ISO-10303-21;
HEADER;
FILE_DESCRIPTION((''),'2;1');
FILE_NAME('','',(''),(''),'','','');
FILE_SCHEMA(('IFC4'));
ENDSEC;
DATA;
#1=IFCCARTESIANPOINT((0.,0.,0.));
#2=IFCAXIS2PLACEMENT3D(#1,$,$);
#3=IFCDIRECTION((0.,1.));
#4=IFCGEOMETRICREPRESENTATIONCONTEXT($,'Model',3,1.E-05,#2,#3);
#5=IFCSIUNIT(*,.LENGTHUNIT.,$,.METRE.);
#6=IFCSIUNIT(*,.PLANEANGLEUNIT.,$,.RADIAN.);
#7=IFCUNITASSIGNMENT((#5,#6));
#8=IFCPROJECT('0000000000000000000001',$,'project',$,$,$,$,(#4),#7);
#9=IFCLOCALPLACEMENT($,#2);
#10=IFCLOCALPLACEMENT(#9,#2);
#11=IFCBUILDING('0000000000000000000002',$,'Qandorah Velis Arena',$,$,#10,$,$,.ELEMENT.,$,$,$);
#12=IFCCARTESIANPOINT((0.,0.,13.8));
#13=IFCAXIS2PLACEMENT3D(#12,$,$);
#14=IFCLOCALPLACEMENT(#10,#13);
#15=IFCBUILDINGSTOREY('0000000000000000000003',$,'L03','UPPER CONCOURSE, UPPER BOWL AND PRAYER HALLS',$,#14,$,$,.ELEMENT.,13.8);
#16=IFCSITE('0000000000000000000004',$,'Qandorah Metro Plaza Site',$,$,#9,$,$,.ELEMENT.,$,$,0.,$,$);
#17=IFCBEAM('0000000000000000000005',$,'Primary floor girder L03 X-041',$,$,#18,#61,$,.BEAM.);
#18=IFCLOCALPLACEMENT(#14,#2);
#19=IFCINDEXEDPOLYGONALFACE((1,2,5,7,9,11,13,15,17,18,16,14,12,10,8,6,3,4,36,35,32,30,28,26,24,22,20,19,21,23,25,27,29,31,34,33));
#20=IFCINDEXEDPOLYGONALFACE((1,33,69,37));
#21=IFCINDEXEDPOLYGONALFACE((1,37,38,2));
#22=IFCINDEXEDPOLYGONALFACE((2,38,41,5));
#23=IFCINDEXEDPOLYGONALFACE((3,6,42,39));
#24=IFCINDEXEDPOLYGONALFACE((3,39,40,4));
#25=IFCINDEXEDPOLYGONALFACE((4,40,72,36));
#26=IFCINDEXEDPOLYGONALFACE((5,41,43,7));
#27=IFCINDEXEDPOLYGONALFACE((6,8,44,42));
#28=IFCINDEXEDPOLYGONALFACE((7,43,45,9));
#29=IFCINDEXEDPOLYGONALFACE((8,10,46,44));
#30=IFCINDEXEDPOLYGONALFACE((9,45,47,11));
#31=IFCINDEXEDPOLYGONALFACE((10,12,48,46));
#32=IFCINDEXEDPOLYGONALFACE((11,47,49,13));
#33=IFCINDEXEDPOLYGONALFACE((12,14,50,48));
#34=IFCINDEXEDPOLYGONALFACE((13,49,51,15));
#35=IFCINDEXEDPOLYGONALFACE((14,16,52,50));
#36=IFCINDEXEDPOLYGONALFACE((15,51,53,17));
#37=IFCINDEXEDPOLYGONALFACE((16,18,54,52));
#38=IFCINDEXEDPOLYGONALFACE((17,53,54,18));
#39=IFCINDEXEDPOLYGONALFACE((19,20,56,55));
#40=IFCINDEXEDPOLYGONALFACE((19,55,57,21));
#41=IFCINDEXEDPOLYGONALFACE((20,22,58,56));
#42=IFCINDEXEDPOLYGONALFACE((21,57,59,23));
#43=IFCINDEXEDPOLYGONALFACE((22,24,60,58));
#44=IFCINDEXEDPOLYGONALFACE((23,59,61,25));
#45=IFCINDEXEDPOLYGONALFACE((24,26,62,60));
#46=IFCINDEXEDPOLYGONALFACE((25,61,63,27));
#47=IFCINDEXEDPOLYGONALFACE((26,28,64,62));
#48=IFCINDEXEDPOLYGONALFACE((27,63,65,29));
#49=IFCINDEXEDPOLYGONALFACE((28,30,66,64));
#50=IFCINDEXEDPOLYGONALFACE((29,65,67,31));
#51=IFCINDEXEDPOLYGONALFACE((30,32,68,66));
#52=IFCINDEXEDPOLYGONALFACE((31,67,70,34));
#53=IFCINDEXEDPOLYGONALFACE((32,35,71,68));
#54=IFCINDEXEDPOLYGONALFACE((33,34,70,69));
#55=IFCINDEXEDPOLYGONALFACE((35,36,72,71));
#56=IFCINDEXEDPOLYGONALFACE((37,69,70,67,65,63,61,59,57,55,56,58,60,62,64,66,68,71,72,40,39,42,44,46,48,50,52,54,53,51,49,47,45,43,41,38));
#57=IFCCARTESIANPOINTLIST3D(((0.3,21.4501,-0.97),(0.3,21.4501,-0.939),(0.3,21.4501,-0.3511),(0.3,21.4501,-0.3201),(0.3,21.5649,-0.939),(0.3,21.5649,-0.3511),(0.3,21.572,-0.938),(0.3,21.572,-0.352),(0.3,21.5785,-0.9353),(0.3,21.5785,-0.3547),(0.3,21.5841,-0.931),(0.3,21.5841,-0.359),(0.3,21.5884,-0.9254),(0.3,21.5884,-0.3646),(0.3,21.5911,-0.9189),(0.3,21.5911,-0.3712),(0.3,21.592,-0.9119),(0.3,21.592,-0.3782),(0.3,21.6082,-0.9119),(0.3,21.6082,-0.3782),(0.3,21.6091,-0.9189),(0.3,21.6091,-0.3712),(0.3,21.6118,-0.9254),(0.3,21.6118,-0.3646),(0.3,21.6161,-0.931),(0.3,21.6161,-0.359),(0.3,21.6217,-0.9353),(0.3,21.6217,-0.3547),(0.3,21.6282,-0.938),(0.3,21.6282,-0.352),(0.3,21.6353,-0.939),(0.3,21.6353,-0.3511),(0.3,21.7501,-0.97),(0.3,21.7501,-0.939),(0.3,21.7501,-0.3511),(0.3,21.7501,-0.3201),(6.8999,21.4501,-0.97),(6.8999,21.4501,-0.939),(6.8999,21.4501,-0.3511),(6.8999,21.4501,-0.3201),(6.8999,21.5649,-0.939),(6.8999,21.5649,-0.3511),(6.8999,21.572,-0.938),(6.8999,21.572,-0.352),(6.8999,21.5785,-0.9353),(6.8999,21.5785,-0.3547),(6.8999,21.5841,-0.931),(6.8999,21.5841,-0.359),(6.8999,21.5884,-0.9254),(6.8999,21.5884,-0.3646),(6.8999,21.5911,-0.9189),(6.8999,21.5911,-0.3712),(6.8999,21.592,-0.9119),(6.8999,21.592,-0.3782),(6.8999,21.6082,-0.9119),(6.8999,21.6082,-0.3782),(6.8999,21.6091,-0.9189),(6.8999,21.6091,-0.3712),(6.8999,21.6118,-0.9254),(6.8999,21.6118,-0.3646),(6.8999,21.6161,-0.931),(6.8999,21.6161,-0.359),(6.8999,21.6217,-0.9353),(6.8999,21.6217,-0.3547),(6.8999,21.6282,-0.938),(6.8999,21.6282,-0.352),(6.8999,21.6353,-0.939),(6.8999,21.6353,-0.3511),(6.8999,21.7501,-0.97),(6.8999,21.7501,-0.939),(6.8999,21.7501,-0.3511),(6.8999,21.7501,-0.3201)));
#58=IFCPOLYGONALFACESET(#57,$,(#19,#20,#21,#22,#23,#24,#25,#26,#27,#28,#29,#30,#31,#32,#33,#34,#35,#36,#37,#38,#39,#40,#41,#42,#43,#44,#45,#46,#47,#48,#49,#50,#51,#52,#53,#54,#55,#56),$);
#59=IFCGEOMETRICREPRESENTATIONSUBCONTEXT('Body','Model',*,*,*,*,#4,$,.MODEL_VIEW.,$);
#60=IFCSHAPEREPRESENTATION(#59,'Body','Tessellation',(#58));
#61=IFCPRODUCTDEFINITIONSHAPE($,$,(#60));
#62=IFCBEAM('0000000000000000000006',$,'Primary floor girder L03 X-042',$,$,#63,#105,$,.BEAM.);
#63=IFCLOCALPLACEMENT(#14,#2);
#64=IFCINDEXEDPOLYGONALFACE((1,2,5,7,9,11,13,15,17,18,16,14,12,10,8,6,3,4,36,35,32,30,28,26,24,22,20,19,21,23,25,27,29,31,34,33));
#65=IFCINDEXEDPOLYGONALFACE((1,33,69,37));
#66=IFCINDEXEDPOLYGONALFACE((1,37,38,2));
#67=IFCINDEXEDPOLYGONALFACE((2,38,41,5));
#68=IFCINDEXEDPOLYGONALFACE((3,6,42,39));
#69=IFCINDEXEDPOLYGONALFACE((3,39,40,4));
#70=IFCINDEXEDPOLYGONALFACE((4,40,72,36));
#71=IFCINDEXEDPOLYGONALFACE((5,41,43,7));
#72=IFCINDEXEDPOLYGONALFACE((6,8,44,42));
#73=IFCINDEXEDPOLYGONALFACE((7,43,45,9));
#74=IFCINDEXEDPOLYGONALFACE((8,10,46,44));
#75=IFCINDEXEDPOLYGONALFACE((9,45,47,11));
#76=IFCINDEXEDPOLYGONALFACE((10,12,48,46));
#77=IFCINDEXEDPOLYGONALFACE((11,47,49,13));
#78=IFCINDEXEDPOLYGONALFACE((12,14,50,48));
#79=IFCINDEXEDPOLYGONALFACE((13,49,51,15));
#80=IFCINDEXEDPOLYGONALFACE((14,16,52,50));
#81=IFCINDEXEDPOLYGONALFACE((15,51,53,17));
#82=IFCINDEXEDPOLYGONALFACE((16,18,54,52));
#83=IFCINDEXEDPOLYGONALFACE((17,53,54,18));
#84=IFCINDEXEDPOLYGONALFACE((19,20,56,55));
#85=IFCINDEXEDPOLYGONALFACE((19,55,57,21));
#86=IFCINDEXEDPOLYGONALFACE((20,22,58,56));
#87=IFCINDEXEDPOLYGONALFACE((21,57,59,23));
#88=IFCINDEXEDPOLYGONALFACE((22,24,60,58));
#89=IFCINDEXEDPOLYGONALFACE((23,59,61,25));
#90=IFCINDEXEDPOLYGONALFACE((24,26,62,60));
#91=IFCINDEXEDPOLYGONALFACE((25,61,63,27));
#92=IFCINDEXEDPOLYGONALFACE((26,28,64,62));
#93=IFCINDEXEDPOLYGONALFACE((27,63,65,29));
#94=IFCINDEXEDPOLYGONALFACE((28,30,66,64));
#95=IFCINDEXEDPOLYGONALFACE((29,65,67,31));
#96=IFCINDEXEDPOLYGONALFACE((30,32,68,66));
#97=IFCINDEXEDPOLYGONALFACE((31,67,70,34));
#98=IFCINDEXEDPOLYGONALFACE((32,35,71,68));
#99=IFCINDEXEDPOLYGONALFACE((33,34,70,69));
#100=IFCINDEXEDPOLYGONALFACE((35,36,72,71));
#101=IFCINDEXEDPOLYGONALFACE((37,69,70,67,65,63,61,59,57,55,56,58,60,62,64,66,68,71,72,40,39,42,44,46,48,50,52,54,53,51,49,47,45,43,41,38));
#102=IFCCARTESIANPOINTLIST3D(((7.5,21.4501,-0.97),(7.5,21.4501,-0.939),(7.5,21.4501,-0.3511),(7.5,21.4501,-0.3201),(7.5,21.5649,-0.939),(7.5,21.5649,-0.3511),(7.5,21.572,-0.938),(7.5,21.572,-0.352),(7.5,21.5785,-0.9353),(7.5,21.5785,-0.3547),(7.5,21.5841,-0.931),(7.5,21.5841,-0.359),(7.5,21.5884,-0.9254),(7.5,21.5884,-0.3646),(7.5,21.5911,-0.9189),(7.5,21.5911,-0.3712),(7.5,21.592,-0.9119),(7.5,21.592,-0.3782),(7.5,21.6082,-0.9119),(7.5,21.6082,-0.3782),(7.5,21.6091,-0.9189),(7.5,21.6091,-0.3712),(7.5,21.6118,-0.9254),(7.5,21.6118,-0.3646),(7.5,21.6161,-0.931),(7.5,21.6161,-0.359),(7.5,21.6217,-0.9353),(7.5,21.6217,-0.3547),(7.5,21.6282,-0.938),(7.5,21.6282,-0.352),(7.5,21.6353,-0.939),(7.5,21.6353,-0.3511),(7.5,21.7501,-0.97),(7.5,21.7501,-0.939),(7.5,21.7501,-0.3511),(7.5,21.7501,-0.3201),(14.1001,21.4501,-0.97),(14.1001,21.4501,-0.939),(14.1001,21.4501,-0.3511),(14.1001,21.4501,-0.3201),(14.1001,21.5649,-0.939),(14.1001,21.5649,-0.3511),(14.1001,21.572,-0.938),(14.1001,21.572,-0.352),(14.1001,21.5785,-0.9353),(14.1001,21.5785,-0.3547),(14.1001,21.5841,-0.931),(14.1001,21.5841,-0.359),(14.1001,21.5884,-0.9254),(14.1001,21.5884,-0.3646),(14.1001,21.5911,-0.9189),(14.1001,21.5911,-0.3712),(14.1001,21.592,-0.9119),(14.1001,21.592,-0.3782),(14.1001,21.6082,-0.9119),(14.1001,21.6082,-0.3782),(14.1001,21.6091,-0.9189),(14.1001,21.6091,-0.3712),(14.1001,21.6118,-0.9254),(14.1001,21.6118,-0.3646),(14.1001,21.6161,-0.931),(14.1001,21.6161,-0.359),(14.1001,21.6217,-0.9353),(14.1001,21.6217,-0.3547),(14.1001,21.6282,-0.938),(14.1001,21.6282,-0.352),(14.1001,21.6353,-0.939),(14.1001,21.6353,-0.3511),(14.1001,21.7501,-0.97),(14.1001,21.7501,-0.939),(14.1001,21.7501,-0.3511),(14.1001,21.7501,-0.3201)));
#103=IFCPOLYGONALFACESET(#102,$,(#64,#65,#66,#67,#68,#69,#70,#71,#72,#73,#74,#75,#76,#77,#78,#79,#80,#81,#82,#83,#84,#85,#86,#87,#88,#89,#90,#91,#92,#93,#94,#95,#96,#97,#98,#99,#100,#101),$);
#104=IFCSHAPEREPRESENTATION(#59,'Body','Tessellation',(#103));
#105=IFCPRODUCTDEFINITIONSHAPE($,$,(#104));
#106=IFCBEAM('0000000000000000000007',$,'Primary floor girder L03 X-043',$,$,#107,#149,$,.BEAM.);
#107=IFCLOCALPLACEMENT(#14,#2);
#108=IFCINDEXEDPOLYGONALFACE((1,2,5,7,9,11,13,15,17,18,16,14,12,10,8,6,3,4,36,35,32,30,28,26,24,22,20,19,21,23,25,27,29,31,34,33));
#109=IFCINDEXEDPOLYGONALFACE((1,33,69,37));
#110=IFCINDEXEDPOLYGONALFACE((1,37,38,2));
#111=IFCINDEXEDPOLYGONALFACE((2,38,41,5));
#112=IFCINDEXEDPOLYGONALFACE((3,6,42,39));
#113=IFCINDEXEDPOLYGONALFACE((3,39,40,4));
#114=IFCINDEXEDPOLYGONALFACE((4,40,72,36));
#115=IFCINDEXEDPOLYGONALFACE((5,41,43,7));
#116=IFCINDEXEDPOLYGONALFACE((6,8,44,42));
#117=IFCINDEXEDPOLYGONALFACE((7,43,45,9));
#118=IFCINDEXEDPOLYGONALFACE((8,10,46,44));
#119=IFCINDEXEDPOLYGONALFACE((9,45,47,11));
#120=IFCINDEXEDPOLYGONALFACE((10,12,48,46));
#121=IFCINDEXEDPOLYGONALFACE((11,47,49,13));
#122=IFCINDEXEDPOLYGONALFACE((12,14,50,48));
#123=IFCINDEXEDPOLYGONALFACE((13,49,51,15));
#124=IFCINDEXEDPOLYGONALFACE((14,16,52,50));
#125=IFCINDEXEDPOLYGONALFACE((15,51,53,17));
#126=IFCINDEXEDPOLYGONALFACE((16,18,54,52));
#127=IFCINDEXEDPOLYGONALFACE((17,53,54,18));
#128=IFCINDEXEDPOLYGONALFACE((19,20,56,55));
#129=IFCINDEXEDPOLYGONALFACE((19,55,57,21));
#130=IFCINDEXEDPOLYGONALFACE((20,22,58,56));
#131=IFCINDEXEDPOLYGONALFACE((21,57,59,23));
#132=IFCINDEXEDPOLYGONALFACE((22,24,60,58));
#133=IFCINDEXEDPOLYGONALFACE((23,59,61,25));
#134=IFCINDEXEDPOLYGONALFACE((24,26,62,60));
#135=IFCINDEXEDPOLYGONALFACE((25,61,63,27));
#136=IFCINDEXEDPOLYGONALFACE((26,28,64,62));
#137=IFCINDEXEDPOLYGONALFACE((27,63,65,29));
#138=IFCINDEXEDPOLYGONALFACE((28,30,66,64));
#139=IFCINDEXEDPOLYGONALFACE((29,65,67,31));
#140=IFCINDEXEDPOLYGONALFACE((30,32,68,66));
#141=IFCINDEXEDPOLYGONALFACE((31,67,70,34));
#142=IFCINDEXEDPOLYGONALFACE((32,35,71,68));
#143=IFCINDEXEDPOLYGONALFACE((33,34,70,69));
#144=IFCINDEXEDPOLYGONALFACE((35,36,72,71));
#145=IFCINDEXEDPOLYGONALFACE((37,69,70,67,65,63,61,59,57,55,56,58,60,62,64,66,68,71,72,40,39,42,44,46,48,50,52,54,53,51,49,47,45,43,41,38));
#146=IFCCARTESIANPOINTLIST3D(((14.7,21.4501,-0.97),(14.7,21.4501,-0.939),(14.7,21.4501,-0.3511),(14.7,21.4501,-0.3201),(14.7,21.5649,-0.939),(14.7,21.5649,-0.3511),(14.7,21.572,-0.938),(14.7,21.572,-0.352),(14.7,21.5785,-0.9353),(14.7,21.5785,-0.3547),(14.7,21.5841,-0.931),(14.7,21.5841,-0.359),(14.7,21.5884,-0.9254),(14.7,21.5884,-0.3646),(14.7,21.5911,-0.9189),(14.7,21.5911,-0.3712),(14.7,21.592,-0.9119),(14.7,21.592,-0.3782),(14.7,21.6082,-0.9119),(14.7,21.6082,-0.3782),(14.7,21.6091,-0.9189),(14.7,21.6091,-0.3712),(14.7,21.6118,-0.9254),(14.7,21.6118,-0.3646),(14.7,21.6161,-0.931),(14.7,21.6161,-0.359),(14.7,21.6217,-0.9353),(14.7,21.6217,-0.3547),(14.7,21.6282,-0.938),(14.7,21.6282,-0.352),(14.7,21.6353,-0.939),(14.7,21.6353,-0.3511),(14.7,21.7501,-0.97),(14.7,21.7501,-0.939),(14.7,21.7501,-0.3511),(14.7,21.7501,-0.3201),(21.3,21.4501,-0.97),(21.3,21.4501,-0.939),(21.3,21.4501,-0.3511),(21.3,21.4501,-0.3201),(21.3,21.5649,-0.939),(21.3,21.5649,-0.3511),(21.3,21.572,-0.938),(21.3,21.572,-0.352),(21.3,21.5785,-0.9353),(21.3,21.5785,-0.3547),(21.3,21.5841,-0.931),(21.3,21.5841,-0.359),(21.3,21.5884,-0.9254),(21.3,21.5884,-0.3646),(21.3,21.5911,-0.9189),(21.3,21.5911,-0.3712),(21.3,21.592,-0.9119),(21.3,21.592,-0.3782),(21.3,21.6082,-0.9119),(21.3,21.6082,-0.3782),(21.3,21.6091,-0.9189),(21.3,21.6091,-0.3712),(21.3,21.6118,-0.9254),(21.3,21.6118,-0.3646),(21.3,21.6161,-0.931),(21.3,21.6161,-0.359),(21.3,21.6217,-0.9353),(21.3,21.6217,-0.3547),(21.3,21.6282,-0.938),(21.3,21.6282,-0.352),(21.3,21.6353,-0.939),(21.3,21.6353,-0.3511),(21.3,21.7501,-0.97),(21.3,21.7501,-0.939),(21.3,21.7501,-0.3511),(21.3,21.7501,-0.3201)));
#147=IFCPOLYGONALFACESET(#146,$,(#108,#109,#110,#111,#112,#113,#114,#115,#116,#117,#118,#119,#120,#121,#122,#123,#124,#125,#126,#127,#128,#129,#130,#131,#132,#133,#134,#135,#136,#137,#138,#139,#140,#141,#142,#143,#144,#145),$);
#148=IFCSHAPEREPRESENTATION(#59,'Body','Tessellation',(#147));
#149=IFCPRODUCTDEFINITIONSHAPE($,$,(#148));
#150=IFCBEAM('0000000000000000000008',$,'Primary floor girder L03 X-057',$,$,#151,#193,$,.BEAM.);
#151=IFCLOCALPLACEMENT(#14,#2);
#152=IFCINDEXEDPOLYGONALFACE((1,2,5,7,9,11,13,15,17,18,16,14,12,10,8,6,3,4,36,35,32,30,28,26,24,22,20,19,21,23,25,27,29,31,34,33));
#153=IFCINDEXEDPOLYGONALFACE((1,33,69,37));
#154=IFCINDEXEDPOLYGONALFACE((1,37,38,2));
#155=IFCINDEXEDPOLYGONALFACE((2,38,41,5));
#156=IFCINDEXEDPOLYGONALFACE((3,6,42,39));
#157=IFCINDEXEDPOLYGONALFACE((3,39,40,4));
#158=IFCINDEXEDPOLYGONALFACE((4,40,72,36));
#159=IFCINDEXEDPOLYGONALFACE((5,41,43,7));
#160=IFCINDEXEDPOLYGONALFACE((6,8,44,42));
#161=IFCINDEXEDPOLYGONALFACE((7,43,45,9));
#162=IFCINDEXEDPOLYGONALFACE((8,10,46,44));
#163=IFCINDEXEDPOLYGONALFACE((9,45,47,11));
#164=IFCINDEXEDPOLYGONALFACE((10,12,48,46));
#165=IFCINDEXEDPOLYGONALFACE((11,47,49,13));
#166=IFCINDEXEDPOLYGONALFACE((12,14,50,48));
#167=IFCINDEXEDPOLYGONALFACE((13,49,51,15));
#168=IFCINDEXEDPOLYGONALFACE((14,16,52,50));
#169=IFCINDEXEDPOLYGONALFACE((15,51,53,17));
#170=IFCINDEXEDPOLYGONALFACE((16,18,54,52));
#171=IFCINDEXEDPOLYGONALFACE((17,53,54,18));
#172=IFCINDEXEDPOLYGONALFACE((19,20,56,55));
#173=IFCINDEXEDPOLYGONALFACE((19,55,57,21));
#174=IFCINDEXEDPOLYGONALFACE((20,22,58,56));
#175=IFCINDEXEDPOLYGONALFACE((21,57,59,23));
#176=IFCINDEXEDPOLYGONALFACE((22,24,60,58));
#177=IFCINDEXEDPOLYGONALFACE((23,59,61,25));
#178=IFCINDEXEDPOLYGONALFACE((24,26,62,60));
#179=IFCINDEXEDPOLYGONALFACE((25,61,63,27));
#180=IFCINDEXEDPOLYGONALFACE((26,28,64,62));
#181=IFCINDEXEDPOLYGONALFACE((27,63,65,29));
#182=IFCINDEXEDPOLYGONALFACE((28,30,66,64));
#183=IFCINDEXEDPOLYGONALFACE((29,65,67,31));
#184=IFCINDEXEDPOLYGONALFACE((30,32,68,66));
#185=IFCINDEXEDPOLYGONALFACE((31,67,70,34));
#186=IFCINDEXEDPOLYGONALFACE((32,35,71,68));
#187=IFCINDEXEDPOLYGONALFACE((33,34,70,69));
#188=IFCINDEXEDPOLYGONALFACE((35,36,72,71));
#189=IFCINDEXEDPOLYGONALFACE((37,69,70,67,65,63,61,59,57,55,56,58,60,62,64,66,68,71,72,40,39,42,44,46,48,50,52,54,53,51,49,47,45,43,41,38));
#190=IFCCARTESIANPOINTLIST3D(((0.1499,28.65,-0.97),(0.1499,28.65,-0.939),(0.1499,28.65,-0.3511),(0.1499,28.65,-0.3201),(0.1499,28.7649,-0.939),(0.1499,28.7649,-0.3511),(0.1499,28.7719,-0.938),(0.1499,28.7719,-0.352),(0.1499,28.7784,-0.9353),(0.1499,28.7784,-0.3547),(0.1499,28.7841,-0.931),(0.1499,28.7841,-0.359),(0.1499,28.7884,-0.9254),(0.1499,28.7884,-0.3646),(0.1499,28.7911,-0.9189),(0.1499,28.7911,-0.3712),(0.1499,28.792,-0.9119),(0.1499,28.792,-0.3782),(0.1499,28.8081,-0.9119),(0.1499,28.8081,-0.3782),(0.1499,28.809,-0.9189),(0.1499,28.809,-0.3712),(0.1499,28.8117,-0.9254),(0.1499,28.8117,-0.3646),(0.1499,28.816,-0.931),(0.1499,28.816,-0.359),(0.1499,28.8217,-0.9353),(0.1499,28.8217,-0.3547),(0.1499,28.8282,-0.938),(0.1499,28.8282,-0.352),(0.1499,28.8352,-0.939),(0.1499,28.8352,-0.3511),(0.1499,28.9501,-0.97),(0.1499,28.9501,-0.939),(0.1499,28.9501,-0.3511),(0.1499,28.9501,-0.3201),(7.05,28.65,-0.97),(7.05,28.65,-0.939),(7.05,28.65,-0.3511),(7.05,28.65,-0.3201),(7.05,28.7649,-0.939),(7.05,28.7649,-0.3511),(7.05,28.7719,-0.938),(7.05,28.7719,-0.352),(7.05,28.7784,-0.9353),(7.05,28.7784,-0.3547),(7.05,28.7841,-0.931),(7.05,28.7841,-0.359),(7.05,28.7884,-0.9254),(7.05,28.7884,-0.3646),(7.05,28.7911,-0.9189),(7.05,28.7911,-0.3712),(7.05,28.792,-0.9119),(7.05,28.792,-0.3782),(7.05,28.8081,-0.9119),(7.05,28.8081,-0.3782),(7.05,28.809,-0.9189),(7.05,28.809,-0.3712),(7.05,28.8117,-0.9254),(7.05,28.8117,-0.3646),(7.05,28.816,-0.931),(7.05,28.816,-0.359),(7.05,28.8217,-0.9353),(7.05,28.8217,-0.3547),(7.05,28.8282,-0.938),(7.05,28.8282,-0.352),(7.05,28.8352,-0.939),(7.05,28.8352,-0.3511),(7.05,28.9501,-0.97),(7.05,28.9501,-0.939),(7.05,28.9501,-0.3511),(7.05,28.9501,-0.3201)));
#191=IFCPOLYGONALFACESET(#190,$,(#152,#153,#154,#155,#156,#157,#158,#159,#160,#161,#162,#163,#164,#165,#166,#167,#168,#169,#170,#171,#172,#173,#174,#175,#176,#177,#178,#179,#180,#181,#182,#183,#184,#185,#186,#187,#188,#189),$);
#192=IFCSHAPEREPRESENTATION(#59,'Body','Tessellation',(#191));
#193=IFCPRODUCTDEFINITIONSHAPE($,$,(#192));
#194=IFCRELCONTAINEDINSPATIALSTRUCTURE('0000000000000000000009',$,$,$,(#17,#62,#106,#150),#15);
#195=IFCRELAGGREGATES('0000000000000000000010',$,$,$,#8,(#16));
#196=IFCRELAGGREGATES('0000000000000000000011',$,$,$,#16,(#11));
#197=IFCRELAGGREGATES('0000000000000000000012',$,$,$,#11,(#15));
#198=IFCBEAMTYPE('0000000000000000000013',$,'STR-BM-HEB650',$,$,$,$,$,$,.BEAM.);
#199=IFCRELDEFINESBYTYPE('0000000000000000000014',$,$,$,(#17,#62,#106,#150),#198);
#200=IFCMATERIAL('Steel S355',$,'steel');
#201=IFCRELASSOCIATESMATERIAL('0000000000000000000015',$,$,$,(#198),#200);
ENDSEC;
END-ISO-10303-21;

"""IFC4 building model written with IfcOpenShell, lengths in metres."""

from ifc_helpers import new_model, si_unit, direction, frame, origin, origin_2d, place, context, subcontext, project, spatial, i_section, extrude, material, material_profile, profile_set, type_object, element, save


model = new_model("IFC4")

# Units and contexts
model_context = context("Model", 3, precision=1e-05, world=origin(), true_north=direction((0.0, 1.0)))
body_context = subcontext(model_context, "Body", "Model", "MODEL_VIEW")
ifc_project = project(units=[si_unit("LENGTHUNIT", "METRE"), si_unit("PLANEANGLEUNIT", "RADIAN")], contexts=[model_context])

# Site, building, storey
site_placement = place(None, origin())
site = spatial("IfcSite", under=ifc_project, at=site_placement, Name="Qandorah Metro Plaza Site", CompositionType="ELEMENT", RefElevation=0.0)
building_placement = place(site_placement, origin())
building = spatial("IfcBuilding", under=site, at=building_placement, Name="Qandorah Velis Arena", CompositionType="ELEMENT")
storey_placement = place(building_placement, frame((0.0, 0.0, 13.8)))
storey = spatial("IfcBuildingStorey", under=building, at=storey_placement, Name="L03", Description="UPPER CONCOURSE, UPPER BOWL AND PRAYER HALLS", CompositionType="ELEMENT", Elevation=13.8)

# Beams
ifc_material_1 = material(Name="Steel S355", Category="steel")
ifc_material_profile_1 = material_profile(ifc_material_1, i_section(OverallWidth=0.3, OverallDepth=0.6499, WebThickness=0.0161, FlangeThickness=0.031, FilletRadius=0.0271, at=origin_2d()), Name="HEB 650")
ifc_profile_set_1 = profile_set([ifc_material_profile_1], Name="Steel S355")
beam_type_1 = type_object("IfcBeamType", Name="STR-BM-HEB650", PredefinedType="BEAM", material=ifc_profile_set_1)
beam_1_placement = place(storey_placement, frame((0.3, 21.6001, -0.645), z_axis=(1.0, 0.0, 0.0), x_axis=(0.0, 1.0, 0.0)))
element("IfcBeam", 1, at=beam_1_placement, inside=storey, type_object=beam_type_1, Name="Primary floor girder L03 X-041", PredefinedType="BEAM", context=body_context, shape_type="SweptSolid", body=[
    extrude(i_section(OverallWidth=0.3, OverallDepth=0.6499, WebThickness=0.0161, FlangeThickness=0.031, FilletRadius=0.0271, at=origin_2d()), origin(), (0.0, 0.0, 1.0), 6.5999),
])
for number, where, z_axis, x_axis, name in (
    (2, (7.5, 21.6001, -0.645), (1.0, 0.0, 0.0), (0.0, 1.0, 0.0), "Primary floor girder L03 X-042"),
    (3, (14.7, 21.6001, -0.645), (1.0, 0.0, 0.0), (0.0, 1.0, 0.0), "Primary floor girder L03 X-043"),
):
    element("IfcBeam", number, at=place(storey_placement, frame(where, z_axis=z_axis, x_axis=x_axis)), inside=storey, type_object=beam_type_1, Name=name, PredefinedType="BEAM", context=body_context, shape_type="SweptSolid", body=[
        extrude(i_section(OverallWidth=0.3, OverallDepth=0.6499, WebThickness=0.0161, FlangeThickness=0.031, FilletRadius=0.0271, at=origin_2d()), origin(), (0.0, 0.0, 1.0), 6.6001),
    ])
beam_2_placement = place(storey_placement, frame((0.1499, 28.8, -0.645), z_axis=(1.0, 0.0, 0.0), x_axis=(0.0, 1.0, 0.0)))
element("IfcBeam", 4, at=beam_2_placement, inside=storey, type_object=beam_type_1, Name="Primary floor girder L03 X-057", PredefinedType="BEAM", context=body_context, shape_type="SweptSolid", body=[
    extrude(i_section(OverallWidth=0.3, OverallDepth=0.6499, WebThickness=0.0161, FlangeThickness=0.031, FilletRadius=0.0271, at=origin_2d()), origin(), (0.0, 0.0, 1.0), 6.9001),
])

save(model, "model.ifc")
